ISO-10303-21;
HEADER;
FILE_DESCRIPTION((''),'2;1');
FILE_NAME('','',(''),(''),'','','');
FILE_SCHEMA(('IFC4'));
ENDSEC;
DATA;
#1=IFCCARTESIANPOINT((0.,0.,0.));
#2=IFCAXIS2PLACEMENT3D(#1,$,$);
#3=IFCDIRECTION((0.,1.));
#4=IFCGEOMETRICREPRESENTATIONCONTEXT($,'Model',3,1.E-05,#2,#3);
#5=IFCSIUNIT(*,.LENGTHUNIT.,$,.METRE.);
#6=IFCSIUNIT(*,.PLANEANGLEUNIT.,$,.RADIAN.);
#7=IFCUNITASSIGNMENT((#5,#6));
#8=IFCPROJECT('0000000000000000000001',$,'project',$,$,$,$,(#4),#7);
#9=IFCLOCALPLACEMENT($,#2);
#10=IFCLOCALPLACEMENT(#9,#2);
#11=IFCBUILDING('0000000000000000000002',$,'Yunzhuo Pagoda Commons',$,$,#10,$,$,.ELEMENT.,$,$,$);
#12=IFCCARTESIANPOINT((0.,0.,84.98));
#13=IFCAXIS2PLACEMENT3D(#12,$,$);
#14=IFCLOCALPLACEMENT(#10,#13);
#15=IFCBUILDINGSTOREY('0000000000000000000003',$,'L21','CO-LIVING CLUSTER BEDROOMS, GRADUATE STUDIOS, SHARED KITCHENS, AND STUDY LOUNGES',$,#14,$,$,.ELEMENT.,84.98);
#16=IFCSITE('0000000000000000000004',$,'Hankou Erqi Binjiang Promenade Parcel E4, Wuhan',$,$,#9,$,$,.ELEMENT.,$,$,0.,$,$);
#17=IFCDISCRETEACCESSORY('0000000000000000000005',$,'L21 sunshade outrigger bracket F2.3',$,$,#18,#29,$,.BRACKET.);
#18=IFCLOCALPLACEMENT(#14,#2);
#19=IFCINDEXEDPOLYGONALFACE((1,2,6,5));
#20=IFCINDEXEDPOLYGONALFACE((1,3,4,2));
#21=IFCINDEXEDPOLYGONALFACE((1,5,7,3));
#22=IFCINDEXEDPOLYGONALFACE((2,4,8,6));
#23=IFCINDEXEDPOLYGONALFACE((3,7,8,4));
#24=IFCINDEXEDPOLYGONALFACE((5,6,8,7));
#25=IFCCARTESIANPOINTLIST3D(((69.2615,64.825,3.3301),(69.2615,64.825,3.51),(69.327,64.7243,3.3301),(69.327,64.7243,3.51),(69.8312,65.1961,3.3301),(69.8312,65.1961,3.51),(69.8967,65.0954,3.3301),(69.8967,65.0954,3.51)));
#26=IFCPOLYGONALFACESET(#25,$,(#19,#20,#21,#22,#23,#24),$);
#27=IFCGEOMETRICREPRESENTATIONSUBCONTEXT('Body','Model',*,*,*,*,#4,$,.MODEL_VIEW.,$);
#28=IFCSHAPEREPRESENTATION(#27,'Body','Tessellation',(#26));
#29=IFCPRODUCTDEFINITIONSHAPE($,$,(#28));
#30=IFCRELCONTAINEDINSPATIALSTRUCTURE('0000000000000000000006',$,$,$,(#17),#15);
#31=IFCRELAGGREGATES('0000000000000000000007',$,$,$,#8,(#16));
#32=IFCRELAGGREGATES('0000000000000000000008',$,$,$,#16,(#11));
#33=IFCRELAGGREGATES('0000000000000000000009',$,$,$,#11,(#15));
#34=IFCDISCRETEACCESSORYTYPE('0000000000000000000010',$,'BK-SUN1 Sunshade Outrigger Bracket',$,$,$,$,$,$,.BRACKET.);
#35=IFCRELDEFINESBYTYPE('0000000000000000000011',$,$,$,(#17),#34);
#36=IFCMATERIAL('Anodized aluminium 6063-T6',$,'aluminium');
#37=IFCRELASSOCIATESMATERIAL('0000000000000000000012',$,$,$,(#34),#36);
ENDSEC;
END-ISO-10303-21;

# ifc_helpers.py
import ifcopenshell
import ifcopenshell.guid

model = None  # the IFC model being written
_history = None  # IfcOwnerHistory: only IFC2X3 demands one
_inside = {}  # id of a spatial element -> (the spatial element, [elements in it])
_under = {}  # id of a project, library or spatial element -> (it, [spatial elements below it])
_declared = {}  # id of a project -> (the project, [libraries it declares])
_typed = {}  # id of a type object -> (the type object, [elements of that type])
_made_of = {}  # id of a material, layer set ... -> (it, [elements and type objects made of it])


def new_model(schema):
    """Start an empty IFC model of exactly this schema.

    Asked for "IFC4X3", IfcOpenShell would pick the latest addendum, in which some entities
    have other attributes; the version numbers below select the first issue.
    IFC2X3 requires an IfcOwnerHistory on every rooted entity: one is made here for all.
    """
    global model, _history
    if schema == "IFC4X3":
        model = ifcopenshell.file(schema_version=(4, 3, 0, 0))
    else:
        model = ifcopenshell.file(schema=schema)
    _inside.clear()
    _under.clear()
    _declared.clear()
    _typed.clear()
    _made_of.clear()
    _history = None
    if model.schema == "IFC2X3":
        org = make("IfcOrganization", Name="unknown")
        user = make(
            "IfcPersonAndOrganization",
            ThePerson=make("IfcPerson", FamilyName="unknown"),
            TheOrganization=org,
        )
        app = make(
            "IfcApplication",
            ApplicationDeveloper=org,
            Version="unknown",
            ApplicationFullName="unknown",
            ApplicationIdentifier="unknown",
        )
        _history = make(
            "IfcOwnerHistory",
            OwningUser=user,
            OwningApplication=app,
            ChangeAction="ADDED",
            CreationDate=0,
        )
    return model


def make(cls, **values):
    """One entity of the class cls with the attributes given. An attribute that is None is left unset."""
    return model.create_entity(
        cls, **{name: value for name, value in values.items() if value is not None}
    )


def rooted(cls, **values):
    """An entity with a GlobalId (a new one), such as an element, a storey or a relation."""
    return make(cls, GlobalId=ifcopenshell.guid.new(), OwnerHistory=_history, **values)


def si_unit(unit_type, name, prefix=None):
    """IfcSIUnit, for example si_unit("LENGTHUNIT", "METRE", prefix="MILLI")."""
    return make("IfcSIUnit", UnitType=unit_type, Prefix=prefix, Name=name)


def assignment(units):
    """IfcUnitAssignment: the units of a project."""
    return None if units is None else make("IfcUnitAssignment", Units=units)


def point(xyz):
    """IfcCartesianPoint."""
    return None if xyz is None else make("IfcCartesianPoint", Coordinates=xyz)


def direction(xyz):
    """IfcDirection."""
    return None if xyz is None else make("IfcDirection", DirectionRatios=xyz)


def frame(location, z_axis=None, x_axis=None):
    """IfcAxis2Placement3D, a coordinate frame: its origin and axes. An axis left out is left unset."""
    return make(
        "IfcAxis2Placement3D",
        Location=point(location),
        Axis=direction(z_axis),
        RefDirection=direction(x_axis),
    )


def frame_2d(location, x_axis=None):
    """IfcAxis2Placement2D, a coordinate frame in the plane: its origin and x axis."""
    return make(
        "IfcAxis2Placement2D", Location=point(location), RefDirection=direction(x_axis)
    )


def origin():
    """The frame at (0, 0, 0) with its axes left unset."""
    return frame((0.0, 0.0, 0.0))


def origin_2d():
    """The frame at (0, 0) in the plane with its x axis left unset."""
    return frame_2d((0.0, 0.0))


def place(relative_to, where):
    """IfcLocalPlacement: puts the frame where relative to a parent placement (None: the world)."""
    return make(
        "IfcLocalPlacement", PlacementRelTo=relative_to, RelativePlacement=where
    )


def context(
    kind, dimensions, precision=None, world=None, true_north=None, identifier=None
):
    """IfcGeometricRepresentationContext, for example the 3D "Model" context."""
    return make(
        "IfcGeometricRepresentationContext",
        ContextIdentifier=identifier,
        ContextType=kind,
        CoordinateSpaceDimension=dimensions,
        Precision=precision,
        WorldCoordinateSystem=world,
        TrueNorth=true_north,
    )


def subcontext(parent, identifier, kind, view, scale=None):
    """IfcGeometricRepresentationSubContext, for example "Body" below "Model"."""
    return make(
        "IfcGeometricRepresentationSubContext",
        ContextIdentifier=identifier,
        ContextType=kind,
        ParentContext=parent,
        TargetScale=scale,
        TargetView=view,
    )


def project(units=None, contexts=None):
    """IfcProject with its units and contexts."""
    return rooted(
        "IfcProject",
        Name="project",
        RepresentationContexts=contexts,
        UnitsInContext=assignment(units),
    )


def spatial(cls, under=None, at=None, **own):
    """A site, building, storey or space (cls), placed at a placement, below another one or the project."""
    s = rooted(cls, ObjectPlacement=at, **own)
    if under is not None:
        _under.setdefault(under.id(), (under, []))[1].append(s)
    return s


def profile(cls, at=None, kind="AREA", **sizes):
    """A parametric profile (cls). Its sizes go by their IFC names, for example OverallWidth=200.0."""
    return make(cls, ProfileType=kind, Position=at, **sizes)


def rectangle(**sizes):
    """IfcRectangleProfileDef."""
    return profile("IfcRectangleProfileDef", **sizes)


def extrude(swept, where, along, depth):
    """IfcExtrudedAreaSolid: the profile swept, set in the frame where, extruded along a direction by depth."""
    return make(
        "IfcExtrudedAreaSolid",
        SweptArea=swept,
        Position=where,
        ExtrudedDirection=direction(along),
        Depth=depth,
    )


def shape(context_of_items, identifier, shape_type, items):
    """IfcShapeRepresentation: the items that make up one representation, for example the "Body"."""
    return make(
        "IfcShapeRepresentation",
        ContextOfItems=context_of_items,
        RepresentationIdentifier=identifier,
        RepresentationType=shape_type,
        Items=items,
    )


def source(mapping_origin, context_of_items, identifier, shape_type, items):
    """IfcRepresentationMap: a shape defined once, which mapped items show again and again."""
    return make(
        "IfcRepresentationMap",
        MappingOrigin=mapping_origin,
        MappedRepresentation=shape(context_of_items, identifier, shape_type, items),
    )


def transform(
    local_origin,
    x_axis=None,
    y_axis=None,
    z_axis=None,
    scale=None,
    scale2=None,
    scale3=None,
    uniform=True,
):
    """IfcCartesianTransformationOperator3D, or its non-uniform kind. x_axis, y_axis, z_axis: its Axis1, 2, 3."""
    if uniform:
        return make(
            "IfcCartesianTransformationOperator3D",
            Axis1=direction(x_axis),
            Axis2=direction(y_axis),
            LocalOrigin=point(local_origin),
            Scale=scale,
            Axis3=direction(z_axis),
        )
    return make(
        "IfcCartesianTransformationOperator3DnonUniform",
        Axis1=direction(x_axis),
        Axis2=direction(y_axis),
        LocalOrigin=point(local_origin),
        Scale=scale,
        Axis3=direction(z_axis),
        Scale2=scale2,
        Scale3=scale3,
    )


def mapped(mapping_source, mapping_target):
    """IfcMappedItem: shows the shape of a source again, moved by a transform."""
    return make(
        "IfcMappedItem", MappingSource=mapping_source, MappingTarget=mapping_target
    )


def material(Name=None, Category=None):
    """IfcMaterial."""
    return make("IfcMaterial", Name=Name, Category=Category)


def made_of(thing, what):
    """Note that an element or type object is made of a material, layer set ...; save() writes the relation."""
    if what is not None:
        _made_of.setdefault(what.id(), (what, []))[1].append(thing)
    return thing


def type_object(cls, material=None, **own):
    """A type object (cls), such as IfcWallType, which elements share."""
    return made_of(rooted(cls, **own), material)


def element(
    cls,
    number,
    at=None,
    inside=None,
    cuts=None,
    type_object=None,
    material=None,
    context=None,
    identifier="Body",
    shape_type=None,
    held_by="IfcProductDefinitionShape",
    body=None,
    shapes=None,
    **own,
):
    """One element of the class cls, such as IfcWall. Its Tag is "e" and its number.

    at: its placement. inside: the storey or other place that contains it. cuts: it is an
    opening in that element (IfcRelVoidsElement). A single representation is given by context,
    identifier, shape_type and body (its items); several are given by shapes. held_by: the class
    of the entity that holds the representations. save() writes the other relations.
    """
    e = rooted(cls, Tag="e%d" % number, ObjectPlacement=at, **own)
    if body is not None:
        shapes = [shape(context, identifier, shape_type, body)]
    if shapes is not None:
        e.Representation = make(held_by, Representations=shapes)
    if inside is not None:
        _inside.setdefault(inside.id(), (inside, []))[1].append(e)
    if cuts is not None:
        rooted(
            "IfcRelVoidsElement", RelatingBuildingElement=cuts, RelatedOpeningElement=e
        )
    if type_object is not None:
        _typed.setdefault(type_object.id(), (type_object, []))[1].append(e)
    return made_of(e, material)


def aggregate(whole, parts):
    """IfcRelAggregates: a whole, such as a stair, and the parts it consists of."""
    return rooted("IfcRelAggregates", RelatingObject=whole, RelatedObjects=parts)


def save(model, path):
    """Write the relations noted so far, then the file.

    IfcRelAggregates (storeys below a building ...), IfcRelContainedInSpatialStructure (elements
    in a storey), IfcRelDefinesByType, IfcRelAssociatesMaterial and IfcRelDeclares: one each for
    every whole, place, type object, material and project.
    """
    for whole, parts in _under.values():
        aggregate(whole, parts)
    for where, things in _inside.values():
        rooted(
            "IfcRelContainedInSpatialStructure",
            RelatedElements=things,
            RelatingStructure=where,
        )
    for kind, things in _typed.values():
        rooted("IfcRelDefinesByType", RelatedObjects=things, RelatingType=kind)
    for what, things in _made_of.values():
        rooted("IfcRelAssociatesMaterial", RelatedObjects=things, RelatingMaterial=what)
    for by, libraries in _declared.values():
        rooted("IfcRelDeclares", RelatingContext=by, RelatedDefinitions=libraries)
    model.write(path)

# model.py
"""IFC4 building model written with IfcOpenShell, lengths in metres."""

from ifc_helpers import new_model, si_unit, direction, frame, origin, origin_2d, place, context, subcontext, project, spatial, rectangle, extrude, source, transform, mapped, material, type_object, element, save


model = new_model("IFC4")

# Units and contexts
model_context = context("Model", 3, precision=1e-05, world=origin(), true_north=direction((0.0, 1.0)))
body_context = subcontext(model_context, "Body", "Model", "MODEL_VIEW")
ifc_project = project(units=[si_unit("LENGTHUNIT", "METRE"), si_unit("PLANEANGLEUNIT", "RADIAN")], contexts=[model_context])

# Site, building, storey
site_placement = place(None, origin())
site = spatial("IfcSite", under=ifc_project, at=site_placement, Name="Hankou Erqi Binjiang Promenade Parcel E4, Wuhan", CompositionType="ELEMENT", RefElevation=0.0)
building_placement = place(site_placement, origin())
building = spatial("IfcBuilding", under=site, at=building_placement, Name="Yunzhuo Pagoda Commons", CompositionType="ELEMENT")
storey_placement = place(building_placement, frame((0.0, 0.0, 84.98)))
storey = spatial("IfcBuildingStorey", under=building, at=storey_placement, Name="L21", Description="CO-LIVING CLUSTER BEDROOMS, GRADUATE STUDIOS, SHARED KITCHENS, AND STUDY LOUNGES", CompositionType="ELEMENT", Elevation=84.98)

# Shared definitions
ifc_material_1 = material(Name="Anodized aluminium 6063-T6", Category="aluminium")

# Discrete accessory
discrete_accessory_type = type_object("IfcDiscreteAccessoryType", Name="BK-SUN1 Sunshade Outrigger Bracket", PredefinedType="BRACKET", material=ifc_material_1)
shared_shape_1 = source(origin(), body_context, "Body", "SweptSolid", [
    extrude(rectangle(XDim=0.1201, YDim=0.6799, at=origin_2d()), origin(), (0.0, 0.0, 1.0), 0.1799),
])
discrete_accessory_placement = place(storey_placement, frame((69.5791, 64.9602, 3.3301), z_axis=(0.0, 0.0, 1.0), x_axis=(-0.545839, 0.83789, 0.0)))
element("IfcDiscreteAccessory", 1, at=discrete_accessory_placement, inside=storey, type_object=discrete_accessory_type, Name="L21 sunshade outrigger bracket F2.3", PredefinedType="BRACKET", context=body_context, shape_type="MappedRepresentation", body=[
    mapped(shared_shape_1, transform((0.0, 0.0, 0.0), scale=1.0)),
])

save(model, "model.ifc")
